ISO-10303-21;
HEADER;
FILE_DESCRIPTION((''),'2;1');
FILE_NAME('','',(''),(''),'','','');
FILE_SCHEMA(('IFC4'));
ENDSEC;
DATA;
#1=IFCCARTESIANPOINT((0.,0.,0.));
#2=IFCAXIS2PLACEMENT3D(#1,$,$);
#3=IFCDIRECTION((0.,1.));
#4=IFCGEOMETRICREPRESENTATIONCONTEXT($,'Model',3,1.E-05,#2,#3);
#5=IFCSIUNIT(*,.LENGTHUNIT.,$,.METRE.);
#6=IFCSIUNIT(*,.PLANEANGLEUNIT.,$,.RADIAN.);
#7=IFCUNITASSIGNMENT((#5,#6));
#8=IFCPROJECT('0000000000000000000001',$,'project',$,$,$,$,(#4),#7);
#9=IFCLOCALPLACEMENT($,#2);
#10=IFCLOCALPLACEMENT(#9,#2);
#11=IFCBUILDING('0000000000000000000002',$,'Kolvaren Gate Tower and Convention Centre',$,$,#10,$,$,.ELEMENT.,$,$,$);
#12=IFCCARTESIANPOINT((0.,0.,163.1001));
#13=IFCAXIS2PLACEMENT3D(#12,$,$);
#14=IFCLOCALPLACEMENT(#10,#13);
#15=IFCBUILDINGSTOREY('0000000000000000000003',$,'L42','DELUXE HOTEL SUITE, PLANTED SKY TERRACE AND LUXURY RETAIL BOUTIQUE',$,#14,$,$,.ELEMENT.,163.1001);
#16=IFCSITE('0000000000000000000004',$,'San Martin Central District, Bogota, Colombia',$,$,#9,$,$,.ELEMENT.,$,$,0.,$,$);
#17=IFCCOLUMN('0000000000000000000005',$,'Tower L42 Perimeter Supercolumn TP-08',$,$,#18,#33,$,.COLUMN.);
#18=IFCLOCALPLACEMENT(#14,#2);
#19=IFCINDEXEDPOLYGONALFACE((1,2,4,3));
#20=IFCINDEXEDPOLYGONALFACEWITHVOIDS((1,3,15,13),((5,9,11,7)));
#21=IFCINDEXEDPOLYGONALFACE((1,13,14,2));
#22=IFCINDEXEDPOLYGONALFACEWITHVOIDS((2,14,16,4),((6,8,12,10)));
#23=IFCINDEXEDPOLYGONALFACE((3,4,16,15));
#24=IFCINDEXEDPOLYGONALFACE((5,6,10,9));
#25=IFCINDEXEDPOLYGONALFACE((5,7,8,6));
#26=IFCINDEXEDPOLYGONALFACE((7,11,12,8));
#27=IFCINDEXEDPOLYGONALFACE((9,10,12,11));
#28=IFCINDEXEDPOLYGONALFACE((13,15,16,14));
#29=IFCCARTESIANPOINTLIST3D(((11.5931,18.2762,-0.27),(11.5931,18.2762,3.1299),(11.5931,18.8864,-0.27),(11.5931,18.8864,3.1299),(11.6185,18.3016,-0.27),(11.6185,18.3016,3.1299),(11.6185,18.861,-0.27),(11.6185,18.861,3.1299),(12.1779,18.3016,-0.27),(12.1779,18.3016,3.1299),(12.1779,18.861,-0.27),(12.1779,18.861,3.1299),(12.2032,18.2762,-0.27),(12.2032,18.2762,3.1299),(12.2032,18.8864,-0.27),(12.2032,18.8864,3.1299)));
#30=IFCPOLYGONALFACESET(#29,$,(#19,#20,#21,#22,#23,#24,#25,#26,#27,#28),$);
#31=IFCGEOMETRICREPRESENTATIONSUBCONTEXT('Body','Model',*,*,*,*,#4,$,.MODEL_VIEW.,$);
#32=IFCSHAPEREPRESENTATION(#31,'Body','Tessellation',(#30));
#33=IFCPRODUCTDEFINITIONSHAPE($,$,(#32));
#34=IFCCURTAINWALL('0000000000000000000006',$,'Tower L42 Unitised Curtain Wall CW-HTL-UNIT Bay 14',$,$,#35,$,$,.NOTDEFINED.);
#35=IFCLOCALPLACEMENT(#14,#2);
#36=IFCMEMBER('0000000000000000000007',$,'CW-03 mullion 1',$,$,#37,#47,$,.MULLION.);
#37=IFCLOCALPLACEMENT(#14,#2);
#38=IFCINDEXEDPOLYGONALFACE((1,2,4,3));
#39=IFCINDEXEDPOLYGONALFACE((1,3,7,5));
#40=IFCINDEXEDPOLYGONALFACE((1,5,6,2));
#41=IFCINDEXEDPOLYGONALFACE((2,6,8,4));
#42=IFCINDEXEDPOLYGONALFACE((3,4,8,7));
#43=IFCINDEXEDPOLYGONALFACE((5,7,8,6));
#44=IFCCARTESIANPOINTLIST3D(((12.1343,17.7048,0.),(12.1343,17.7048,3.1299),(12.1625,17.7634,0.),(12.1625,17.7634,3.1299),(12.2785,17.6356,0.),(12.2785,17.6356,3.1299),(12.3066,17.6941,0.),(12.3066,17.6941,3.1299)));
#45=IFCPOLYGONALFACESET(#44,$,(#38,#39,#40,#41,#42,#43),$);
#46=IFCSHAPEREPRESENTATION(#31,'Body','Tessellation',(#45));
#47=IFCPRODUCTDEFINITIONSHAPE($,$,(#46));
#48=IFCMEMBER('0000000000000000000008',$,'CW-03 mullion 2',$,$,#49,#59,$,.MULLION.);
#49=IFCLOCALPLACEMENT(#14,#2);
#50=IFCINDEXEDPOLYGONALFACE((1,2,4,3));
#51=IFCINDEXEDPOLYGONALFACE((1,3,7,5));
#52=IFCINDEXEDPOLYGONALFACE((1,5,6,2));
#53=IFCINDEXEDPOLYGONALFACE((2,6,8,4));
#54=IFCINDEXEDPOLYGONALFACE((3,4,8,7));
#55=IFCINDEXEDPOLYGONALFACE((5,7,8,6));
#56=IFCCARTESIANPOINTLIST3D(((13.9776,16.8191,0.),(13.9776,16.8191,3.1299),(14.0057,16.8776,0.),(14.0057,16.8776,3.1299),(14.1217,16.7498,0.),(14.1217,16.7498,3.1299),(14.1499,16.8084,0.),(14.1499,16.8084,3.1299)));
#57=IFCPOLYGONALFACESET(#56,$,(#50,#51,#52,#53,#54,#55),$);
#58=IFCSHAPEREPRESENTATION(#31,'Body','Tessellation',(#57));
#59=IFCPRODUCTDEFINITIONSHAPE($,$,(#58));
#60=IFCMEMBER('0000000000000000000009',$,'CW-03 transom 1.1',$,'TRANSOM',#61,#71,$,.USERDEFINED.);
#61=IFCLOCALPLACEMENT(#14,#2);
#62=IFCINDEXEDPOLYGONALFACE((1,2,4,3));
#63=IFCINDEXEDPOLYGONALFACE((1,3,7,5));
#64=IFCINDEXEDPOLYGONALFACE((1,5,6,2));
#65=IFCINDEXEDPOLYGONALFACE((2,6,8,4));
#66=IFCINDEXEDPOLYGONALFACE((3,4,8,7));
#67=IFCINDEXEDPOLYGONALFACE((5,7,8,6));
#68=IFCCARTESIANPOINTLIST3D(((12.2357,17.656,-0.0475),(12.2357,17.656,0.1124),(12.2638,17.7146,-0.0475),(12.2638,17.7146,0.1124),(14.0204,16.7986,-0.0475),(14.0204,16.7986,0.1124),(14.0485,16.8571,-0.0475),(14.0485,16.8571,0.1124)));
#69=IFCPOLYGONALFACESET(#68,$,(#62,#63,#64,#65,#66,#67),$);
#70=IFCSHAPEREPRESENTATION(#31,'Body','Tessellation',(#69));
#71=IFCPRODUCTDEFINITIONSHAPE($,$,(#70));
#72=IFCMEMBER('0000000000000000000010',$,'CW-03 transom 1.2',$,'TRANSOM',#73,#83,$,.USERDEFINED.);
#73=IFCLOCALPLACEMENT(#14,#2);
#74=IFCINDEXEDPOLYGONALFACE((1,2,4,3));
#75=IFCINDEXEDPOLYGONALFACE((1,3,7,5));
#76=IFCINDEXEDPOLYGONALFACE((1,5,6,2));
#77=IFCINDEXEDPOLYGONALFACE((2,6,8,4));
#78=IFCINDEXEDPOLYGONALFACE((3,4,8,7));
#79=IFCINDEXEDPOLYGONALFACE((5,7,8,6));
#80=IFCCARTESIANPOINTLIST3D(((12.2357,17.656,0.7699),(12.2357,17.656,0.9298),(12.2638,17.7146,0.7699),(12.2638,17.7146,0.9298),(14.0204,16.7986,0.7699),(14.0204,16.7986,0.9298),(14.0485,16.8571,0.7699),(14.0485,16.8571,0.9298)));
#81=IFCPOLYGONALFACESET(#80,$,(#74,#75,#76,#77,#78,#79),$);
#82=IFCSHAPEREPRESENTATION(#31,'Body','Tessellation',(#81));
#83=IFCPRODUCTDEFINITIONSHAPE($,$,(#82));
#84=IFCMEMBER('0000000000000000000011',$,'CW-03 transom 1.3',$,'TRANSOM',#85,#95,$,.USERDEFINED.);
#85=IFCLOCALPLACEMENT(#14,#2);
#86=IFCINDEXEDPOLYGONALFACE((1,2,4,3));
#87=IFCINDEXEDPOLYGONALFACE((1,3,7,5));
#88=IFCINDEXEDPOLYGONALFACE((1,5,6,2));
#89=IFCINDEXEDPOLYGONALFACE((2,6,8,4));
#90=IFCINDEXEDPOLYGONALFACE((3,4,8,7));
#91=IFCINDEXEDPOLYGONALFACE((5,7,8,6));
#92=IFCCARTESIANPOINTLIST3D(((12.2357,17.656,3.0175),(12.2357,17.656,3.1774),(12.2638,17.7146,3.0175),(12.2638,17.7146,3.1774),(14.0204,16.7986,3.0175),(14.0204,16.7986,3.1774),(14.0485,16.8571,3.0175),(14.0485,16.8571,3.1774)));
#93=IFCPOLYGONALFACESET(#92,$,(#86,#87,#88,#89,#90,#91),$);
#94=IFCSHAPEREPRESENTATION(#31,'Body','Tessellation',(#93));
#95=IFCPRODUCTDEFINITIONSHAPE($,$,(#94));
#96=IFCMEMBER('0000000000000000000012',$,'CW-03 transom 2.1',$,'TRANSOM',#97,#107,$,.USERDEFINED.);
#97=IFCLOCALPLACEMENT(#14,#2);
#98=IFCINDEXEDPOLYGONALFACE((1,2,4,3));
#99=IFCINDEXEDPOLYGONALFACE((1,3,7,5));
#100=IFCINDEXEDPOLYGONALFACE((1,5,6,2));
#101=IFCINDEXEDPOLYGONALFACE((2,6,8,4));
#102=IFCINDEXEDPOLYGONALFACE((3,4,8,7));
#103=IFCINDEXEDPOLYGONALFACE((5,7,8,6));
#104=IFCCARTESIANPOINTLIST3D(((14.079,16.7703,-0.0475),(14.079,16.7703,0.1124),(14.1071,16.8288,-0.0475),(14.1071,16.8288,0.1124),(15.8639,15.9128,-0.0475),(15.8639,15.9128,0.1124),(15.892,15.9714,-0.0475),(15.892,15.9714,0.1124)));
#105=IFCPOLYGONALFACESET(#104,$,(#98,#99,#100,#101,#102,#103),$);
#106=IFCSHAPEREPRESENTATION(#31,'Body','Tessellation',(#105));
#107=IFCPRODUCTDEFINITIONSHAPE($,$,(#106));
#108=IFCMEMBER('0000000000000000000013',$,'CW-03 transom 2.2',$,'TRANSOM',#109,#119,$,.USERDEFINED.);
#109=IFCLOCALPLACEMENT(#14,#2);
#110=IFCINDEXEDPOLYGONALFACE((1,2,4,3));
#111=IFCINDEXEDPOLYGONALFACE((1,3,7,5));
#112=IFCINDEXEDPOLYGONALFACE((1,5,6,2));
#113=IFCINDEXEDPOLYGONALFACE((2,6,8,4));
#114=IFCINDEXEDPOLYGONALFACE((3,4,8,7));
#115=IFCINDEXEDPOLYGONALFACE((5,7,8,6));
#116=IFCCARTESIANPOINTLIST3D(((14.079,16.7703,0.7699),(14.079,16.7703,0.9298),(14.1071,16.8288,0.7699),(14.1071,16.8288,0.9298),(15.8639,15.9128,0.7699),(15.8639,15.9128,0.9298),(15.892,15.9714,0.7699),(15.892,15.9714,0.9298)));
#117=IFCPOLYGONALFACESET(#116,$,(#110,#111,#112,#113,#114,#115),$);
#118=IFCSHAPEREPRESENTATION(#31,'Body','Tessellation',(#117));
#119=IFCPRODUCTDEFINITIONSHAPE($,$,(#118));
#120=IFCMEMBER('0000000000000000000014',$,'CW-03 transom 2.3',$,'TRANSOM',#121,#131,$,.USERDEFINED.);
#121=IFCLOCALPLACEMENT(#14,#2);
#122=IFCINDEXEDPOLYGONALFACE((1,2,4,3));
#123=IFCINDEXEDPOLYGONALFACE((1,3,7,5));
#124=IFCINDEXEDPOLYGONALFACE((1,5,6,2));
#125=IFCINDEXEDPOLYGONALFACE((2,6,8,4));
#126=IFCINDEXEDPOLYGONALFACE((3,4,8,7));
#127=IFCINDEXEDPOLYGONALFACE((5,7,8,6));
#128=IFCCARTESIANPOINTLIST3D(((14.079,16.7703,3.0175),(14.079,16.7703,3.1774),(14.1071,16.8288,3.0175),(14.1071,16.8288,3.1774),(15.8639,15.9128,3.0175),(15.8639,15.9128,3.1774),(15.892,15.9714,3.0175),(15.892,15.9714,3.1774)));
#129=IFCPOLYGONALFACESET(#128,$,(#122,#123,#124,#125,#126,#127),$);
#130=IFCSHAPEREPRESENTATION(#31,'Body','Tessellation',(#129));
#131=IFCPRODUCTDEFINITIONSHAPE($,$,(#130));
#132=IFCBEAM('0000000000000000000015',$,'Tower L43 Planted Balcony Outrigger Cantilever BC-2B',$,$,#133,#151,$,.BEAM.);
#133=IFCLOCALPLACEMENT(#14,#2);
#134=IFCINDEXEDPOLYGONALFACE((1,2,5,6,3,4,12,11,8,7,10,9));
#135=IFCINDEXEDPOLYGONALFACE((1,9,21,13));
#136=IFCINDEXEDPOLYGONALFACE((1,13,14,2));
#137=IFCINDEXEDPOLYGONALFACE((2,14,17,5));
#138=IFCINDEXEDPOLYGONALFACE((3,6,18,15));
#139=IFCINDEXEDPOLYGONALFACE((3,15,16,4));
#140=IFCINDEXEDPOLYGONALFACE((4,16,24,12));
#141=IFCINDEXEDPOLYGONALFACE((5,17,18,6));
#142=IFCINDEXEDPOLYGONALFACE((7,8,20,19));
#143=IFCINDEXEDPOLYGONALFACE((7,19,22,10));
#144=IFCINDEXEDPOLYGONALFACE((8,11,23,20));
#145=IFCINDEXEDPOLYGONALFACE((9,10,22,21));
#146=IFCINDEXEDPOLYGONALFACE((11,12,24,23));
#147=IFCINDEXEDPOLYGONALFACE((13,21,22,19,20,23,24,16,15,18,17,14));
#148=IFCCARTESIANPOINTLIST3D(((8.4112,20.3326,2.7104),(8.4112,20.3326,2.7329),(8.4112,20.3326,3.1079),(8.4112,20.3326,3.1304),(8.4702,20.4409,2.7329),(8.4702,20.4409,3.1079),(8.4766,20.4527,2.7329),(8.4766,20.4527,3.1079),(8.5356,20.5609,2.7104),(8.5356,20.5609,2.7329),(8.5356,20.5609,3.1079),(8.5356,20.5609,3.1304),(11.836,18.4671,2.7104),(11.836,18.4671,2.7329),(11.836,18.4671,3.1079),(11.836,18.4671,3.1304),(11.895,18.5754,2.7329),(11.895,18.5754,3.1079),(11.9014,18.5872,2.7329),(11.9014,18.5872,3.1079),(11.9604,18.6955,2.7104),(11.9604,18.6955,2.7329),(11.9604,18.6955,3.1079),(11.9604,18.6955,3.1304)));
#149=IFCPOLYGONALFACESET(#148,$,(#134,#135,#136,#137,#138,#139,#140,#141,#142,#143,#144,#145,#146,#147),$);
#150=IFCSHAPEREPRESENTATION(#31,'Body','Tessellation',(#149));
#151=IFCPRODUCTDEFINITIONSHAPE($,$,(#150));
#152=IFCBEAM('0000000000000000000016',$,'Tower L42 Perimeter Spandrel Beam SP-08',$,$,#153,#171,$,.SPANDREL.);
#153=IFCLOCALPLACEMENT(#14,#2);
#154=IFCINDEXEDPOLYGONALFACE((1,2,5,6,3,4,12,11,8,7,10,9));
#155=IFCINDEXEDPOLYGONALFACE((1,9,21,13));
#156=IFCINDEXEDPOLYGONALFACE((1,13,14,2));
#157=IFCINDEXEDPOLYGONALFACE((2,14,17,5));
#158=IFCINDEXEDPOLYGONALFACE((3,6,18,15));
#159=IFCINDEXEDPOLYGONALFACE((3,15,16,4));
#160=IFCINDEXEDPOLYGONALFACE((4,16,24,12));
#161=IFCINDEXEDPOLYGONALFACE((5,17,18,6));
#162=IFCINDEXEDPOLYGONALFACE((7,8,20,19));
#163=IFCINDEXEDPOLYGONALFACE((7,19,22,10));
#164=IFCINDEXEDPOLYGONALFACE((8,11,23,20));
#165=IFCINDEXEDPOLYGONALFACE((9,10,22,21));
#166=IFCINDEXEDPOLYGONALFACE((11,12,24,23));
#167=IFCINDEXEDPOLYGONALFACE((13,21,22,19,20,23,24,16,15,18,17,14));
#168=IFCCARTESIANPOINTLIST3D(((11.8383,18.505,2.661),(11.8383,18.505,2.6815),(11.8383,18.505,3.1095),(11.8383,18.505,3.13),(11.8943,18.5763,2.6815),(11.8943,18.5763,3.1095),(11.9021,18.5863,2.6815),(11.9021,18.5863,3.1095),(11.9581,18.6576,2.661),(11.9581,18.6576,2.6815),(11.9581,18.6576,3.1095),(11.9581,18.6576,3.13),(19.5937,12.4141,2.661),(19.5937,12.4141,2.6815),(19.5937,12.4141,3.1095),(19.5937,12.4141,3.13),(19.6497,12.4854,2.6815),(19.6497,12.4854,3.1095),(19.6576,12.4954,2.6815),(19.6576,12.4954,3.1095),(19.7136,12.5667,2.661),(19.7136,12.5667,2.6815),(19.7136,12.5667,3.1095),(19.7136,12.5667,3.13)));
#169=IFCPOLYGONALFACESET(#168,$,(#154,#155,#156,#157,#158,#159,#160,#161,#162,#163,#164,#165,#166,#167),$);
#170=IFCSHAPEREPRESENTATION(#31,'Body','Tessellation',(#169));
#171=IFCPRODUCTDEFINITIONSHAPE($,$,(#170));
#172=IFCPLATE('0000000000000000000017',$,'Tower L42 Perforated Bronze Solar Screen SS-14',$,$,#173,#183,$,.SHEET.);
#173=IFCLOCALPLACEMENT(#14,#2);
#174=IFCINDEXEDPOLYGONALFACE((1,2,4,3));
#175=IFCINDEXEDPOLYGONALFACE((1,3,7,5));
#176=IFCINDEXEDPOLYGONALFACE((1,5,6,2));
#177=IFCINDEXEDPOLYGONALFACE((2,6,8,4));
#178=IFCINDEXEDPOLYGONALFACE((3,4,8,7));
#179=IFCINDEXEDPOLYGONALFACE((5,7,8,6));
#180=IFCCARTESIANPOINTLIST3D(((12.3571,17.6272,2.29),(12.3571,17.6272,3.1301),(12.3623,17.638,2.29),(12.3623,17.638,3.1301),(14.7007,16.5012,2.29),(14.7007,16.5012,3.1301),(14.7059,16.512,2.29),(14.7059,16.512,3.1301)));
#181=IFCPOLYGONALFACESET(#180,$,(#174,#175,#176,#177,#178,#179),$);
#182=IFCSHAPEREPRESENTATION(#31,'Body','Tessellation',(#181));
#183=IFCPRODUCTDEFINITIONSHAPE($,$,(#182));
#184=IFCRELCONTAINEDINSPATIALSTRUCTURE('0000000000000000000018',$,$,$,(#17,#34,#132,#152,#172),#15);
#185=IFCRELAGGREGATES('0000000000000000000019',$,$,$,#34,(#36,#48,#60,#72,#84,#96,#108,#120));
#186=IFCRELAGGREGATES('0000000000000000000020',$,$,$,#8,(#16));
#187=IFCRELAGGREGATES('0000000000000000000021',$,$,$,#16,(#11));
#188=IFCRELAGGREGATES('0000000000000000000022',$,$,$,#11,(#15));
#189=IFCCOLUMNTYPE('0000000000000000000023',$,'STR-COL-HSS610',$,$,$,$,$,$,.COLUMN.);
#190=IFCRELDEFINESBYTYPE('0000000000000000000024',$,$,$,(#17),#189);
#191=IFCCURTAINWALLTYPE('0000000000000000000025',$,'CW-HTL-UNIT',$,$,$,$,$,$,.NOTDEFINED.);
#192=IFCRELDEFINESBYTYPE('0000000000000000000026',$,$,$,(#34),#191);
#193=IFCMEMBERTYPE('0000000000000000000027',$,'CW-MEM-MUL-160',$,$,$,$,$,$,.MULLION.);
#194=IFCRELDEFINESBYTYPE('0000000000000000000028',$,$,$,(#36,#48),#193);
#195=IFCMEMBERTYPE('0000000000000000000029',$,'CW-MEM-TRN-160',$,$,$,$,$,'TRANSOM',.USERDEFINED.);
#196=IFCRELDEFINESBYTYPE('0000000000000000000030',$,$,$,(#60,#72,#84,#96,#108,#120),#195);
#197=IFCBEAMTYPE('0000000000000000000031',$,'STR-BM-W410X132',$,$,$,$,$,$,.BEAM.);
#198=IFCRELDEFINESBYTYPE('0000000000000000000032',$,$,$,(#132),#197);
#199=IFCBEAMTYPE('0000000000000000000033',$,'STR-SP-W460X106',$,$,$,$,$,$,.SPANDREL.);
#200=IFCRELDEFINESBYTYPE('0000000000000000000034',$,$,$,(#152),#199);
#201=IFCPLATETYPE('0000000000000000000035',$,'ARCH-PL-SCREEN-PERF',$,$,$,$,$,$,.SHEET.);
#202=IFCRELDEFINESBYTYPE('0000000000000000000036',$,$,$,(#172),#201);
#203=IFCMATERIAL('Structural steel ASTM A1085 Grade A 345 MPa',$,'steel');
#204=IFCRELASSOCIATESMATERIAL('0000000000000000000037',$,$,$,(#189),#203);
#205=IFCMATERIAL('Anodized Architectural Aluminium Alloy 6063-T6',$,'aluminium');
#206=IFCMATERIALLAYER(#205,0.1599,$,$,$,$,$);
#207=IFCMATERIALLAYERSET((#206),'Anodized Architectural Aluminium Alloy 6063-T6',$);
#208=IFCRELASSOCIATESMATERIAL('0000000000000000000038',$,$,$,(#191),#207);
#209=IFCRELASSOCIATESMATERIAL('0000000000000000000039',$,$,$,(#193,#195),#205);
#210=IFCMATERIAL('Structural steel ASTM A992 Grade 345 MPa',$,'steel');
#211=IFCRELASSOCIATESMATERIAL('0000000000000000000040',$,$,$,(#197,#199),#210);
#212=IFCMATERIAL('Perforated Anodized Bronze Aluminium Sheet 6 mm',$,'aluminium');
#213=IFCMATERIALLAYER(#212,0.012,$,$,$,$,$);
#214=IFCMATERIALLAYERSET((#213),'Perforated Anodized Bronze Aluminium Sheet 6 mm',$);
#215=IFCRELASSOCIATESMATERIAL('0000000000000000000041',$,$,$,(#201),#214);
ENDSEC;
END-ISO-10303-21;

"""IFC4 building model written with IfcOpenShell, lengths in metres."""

from ifc_helpers import new_model, si_unit, direction, frame, origin, origin_2d, place, context, subcontext, project, spatial, rectangle, hollow_rectangle, i_section, extrude, material, layer, layer_set, material_profile, profile_set, type_object, element, aggregate, save


model = new_model("IFC4")

# Units and contexts
model_context = context("Model", 3, precision=1e-05, world=origin(), true_north=direction((0.0, 1.0)))
body_context = subcontext(model_context, "Body", "Model", "MODEL_VIEW")
ifc_project = project(units=[si_unit("LENGTHUNIT", "METRE"), si_unit("PLANEANGLEUNIT", "RADIAN")], contexts=[model_context])

# Site, building, storey
site_placement = place(None, origin())
site = spatial("IfcSite", under=ifc_project, at=site_placement, Name="San Martin Central District, Bogota, Colombia", CompositionType="ELEMENT", RefElevation=0.0)
building_placement = place(site_placement, origin())
building = spatial("IfcBuilding", under=site, at=building_placement, Name="Kolvaren Gate Tower and Convention Centre", CompositionType="ELEMENT")
storey_placement = place(building_placement, frame((0.0, 0.0, 163.1001)))
storey = spatial("IfcBuildingStorey", under=building, at=storey_placement, Name="L42", Description="DELUXE HOTEL SUITE, PLANTED SKY TERRACE AND LUXURY RETAIL BOUTIQUE", CompositionType="ELEMENT", Elevation=163.1001)

# Column
ifc_material_1 = material(Name="Structural steel ASTM A1085 Grade A 345 MPa", Category="steel")
ifc_material_profile_1 = material_profile(ifc_material_1, hollow_rectangle(XDim=0.6101, YDim=0.6101, WallThickness=0.0254, at=origin_2d()), Name="HSS610X610X25.4")
ifc_profile_set_1 = profile_set([ifc_material_profile_1], Name="Structural steel ASTM A1085 Grade A 345 MPa")
column_type = type_object("IfcColumnType", Name="STR-COL-HSS610", PredefinedType="COLUMN", material=ifc_profile_set_1)
column_placement = place(storey_placement, frame((11.8982, 18.5813, -0.27), z_axis=(0.0, 0.0, 1.0), x_axis=(1.0, 0.0, 0.0)))
element("IfcColumn", 1, at=column_placement, inside=storey, type_object=column_type, Name="Tower L42 Perimeter Supercolumn TP-08", PredefinedType="COLUMN", context=body_context, shape_type="SweptSolid", body=[
    extrude(hollow_rectangle(XDim=0.6101, YDim=0.6101, WallThickness=0.0254, at=origin_2d()), origin(), (0.0, 0.0, 1.0), 3.3999),
])

# Curtain wall, members
ifc_material_2 = material(Name="Anodized Architectural Aluminium Alloy 6063-T6", Category="aluminium")
ifc_layer_1 = layer(ifc_material_2, 0.1599)
ifc_layer_set_1 = layer_set([ifc_layer_1], Name="Anodized Architectural Aluminium Alloy 6063-T6")
curtain_wall_type = type_object("IfcCurtainWallType", Name="CW-HTL-UNIT", PredefinedType="NOTDEFINED", material=ifc_layer_set_1)
curtain_wall_placement = place(storey_placement, origin())
curtain_wall = element("IfcCurtainWall", 2, at=curtain_wall_placement, inside=storey, type_object=curtain_wall_type, Name="Tower L42 Unitised Curtain Wall CW-HTL-UNIT Bay 14", PredefinedType="NOTDEFINED")
ifc_material_profile_2 = material_profile(ifc_material_2, rectangle(XDim=0.0649, YDim=0.1599, at=origin_2d()), Name="CW-MEM-MUL-160")
ifc_profile_set_2 = profile_set([ifc_material_profile_2], Name="Anodized Architectural Aluminium Alloy 6063-T6")
member_type_1 = type_object("IfcMemberType", Name="CW-MEM-MUL-160", PredefinedType="MULLION", material=ifc_profile_set_2)
member_1_placement = place(storey_placement, frame((12.2205, 17.6995, 0.0), z_axis=(0.0, 0.0, 1.0), x_axis=(0.433065, 0.901363, 0.0)))
member_1 = element("IfcMember", 3, at=member_1_placement, type_object=member_type_1, Name="CW-03 mullion 1", PredefinedType="MULLION", context=body_context, shape_type="SweptSolid", body=[
    extrude(rectangle(XDim=0.0649, YDim=0.1599, at=origin_2d()), origin(), (0.0, 0.0, 1.0), 3.1299),
])
member_2_placement = place(storey_placement, frame((14.0637, 16.8137, 0.0), z_axis=(0.0, 0.0, 1.0), x_axis=(0.433065, 0.901363, 0.0)))
member_2 = element("IfcMember", 4, at=member_2_placement, type_object=member_type_1, Name="CW-03 mullion 2", PredefinedType="MULLION", context=body_context, shape_type="SweptSolid", body=[
    extrude(rectangle(XDim=0.0649, YDim=0.1599, at=origin_2d()), origin(), (0.0, 0.0, 1.0), 3.1299),
])
ifc_material_profile_3 = material_profile(ifc_material_2, rectangle(XDim=0.0649, YDim=0.1599, at=origin_2d()), Name="CW-MEM-TRN-160")
ifc_profile_set_3 = profile_set([ifc_material_profile_3], Name="Anodized Architectural Aluminium Alloy 6063-T6")
member_type_2 = type_object("IfcMemberType", Name="CW-MEM-TRN-160", ElementType="TRANSOM", PredefinedType="USERDEFINED", material=ifc_profile_set_3)
member_3_placement = place(storey_placement, frame((12.2498, 17.6853, 0.0325), z_axis=(0.901369, -0.433052, 0.0), x_axis=(0.433052, 0.901369, 0.0)))
member_3 = element("IfcMember", 5, at=member_3_placement, type_object=member_type_2, Name="CW-03 transom 1.1", ObjectType="TRANSOM", PredefinedType="USERDEFINED", context=body_context, shape_type="SweptSolid", body=[
    extrude(rectangle(XDim=0.0649, YDim=0.1599, at=origin_2d()), origin(), (0.0, 0.0, 1.0), 1.98),
])
member_4_placement = place(storey_placement, frame((12.2498, 17.6853, 0.8499), z_axis=(0.901369, -0.433052, 0.0), x_axis=(0.433052, 0.901369, 0.0)))
member_4 = element("IfcMember", 6, at=member_4_placement, type_object=member_type_2, Name="CW-03 transom 1.2", ObjectType="TRANSOM", PredefinedType="USERDEFINED", context=body_context, shape_type="SweptSolid", body=[
    extrude(rectangle(XDim=0.0649, YDim=0.1599, at=origin_2d()), origin(), (0.0, 0.0, 1.0), 1.98),
])
member_5_placement = place(storey_placement, frame((12.2498, 17.6853, 3.0974), z_axis=(0.901369, -0.433052, 0.0), x_axis=(0.433052, 0.901369, 0.0)))
member_5 = element("IfcMember", 7, at=member_5_placement, type_object=member_type_2, Name="CW-03 transom 1.3", ObjectType="TRANSOM", PredefinedType="USERDEFINED", context=body_context, shape_type="SweptSolid", body=[
    extrude(rectangle(XDim=0.0649, YDim=0.1599, at=origin_2d()), origin(), (0.0, 0.0, 1.0), 1.98),
])
member_6_placement = place(storey_placement, frame((14.093, 16.7996, 0.0325), z_axis=(0.901392, -0.433004, 0.0), x_axis=(0.433004, 0.901392, 0.0)))
member_6 = element("IfcMember", 8, at=member_6_placement, type_object=member_type_2, Name="CW-03 transom 2.1", ObjectType="TRANSOM", PredefinedType="USERDEFINED", context=body_context, shape_type="SweptSolid", body=[
    extrude(rectangle(XDim=0.0649, YDim=0.1599, at=origin_2d()), origin(), (0.0, 0.0, 1.0), 1.9802),
])
member_7_placement = place(storey_placement, frame((14.093, 16.7996, 0.8499), z_axis=(0.901392, -0.433004, 0.0), x_axis=(0.433004, 0.901392, 0.0)))
member_7 = element("IfcMember", 9, at=member_7_placement, type_object=member_type_2, Name="CW-03 transom 2.2", ObjectType="TRANSOM", PredefinedType="USERDEFINED", context=body_context, shape_type="SweptSolid", body=[
    extrude(rectangle(XDim=0.0649, YDim=0.1599, at=origin_2d()), origin(), (0.0, 0.0, 1.0), 1.9802),
])
member_8_placement = place(storey_placement, frame((14.093, 16.7996, 3.0974), z_axis=(0.901392, -0.433004, 0.0), x_axis=(0.433004, 0.901392, 0.0)))
member_8 = element("IfcMember", 10, at=member_8_placement, type_object=member_type_2, Name="CW-03 transom 2.3", ObjectType="TRANSOM", PredefinedType="USERDEFINED", context=body_context, shape_type="SweptSolid", body=[
    extrude(rectangle(XDim=0.0649, YDim=0.1599, at=origin_2d()), origin(), (0.0, 0.0, 1.0), 1.9802),
])

# Beams
ifc_material_3 = material(Name="Structural steel ASTM A992 Grade 345 MPa", Category="steel")
ifc_material_profile_4 = material_profile(ifc_material_3, i_section(OverallWidth=0.26, OverallDepth=0.4199, WebThickness=0.0134, FlangeThickness=0.0225, at=origin_2d()), Name="W410X132")
ifc_profile_set_4 = profile_set([ifc_material_profile_4], Name="Structural steel ASTM A992 Grade 345 MPa")
beam_type_1 = type_object("IfcBeamType", Name="STR-BM-W410X132", PredefinedType="BEAM", material=ifc_profile_set_4)
beam_1_placement = place(storey_placement, frame((11.8982, 18.5813, 2.9204), z_axis=(-0.878175, 0.478339, 0.0), x_axis=(-0.478339, -0.878175, 0.0)))
element("IfcBeam", 11, at=beam_1_placement, inside=storey, type_object=beam_type_1, Name="Tower L43 Planted Balcony Outrigger Cantilever BC-2B", PredefinedType="BEAM", context=body_context, shape_type="SweptSolid", body=[
    extrude(i_section(OverallWidth=0.26, OverallDepth=0.4199, WebThickness=0.0134, FlangeThickness=0.0225, at=origin_2d()), origin(), (0.0, 0.0, 1.0), 3.8999),
])
ifc_material_profile_5 = material_profile(ifc_material_3, i_section(OverallWidth=0.1941, OverallDepth=0.469, WebThickness=0.0127, FlangeThickness=0.0205, at=origin_2d()), Name="W460X106")
ifc_profile_set_5 = profile_set([ifc_material_profile_5], Name="Structural steel ASTM A992 Grade 345 MPa")
beam_type_2 = type_object("IfcBeamType", Name="STR-SP-W460X106", PredefinedType="SPANDREL", material=ifc_profile_set_5)
beam_2_placement = place(storey_placement, frame((11.8982, 18.5813, 2.8955), z_axis=(0.786451, -0.617653, 0.0), x_axis=(0.617653, 0.786451, 0.0)))
element("IfcBeam", 12, at=beam_2_placement, inside=storey, type_object=beam_type_2, Name="Tower L42 Perimeter Spandrel Beam SP-08", PredefinedType="SPANDREL", context=body_context, shape_type="SweptSolid", body=[
    extrude(i_section(OverallWidth=0.1941, OverallDepth=0.469, WebThickness=0.0127, FlangeThickness=0.0205, at=origin_2d()), origin(), (0.0, 0.0, 1.0), 9.8613),
])

# Plate
ifc_material_4 = material(Name="Perforated Anodized Bronze Aluminium Sheet 6 mm", Category="aluminium")
ifc_layer_2 = layer(ifc_material_4, 0.012)
ifc_layer_set_2 = layer_set([ifc_layer_2], Name="Perforated Anodized Bronze Aluminium Sheet 6 mm")
plate_type_1 = type_object("IfcPlateType", Name="ARCH-PL-SCREEN-PERF", PredefinedType="SHEET", material=ifc_layer_set_2)
plate_1_placement = place(storey_placement, frame((13.5315, 17.0696, 2.29), z_axis=(0.0, 0.0, 1.0), x_axis=(0.901358, -0.433074, 0.0)))
element("IfcPlate", 13, at=plate_1_placement, inside=storey, type_object=plate_type_1, Name="Tower L42 Perforated Bronze Solar Screen SS-14", PredefinedType="SHEET", context=body_context, shape_type="SweptSolid", body=[
    extrude(rectangle(XDim=2.6001, YDim=0.012, at=origin_2d()), origin(), (0.0, 0.0, 1.0), 0.8401),
])
aggregate(curtain_wall, [member_1, member_2, member_3, member_4, member_5, member_6, member_7, member_8])

save(model, "model.ifc")
